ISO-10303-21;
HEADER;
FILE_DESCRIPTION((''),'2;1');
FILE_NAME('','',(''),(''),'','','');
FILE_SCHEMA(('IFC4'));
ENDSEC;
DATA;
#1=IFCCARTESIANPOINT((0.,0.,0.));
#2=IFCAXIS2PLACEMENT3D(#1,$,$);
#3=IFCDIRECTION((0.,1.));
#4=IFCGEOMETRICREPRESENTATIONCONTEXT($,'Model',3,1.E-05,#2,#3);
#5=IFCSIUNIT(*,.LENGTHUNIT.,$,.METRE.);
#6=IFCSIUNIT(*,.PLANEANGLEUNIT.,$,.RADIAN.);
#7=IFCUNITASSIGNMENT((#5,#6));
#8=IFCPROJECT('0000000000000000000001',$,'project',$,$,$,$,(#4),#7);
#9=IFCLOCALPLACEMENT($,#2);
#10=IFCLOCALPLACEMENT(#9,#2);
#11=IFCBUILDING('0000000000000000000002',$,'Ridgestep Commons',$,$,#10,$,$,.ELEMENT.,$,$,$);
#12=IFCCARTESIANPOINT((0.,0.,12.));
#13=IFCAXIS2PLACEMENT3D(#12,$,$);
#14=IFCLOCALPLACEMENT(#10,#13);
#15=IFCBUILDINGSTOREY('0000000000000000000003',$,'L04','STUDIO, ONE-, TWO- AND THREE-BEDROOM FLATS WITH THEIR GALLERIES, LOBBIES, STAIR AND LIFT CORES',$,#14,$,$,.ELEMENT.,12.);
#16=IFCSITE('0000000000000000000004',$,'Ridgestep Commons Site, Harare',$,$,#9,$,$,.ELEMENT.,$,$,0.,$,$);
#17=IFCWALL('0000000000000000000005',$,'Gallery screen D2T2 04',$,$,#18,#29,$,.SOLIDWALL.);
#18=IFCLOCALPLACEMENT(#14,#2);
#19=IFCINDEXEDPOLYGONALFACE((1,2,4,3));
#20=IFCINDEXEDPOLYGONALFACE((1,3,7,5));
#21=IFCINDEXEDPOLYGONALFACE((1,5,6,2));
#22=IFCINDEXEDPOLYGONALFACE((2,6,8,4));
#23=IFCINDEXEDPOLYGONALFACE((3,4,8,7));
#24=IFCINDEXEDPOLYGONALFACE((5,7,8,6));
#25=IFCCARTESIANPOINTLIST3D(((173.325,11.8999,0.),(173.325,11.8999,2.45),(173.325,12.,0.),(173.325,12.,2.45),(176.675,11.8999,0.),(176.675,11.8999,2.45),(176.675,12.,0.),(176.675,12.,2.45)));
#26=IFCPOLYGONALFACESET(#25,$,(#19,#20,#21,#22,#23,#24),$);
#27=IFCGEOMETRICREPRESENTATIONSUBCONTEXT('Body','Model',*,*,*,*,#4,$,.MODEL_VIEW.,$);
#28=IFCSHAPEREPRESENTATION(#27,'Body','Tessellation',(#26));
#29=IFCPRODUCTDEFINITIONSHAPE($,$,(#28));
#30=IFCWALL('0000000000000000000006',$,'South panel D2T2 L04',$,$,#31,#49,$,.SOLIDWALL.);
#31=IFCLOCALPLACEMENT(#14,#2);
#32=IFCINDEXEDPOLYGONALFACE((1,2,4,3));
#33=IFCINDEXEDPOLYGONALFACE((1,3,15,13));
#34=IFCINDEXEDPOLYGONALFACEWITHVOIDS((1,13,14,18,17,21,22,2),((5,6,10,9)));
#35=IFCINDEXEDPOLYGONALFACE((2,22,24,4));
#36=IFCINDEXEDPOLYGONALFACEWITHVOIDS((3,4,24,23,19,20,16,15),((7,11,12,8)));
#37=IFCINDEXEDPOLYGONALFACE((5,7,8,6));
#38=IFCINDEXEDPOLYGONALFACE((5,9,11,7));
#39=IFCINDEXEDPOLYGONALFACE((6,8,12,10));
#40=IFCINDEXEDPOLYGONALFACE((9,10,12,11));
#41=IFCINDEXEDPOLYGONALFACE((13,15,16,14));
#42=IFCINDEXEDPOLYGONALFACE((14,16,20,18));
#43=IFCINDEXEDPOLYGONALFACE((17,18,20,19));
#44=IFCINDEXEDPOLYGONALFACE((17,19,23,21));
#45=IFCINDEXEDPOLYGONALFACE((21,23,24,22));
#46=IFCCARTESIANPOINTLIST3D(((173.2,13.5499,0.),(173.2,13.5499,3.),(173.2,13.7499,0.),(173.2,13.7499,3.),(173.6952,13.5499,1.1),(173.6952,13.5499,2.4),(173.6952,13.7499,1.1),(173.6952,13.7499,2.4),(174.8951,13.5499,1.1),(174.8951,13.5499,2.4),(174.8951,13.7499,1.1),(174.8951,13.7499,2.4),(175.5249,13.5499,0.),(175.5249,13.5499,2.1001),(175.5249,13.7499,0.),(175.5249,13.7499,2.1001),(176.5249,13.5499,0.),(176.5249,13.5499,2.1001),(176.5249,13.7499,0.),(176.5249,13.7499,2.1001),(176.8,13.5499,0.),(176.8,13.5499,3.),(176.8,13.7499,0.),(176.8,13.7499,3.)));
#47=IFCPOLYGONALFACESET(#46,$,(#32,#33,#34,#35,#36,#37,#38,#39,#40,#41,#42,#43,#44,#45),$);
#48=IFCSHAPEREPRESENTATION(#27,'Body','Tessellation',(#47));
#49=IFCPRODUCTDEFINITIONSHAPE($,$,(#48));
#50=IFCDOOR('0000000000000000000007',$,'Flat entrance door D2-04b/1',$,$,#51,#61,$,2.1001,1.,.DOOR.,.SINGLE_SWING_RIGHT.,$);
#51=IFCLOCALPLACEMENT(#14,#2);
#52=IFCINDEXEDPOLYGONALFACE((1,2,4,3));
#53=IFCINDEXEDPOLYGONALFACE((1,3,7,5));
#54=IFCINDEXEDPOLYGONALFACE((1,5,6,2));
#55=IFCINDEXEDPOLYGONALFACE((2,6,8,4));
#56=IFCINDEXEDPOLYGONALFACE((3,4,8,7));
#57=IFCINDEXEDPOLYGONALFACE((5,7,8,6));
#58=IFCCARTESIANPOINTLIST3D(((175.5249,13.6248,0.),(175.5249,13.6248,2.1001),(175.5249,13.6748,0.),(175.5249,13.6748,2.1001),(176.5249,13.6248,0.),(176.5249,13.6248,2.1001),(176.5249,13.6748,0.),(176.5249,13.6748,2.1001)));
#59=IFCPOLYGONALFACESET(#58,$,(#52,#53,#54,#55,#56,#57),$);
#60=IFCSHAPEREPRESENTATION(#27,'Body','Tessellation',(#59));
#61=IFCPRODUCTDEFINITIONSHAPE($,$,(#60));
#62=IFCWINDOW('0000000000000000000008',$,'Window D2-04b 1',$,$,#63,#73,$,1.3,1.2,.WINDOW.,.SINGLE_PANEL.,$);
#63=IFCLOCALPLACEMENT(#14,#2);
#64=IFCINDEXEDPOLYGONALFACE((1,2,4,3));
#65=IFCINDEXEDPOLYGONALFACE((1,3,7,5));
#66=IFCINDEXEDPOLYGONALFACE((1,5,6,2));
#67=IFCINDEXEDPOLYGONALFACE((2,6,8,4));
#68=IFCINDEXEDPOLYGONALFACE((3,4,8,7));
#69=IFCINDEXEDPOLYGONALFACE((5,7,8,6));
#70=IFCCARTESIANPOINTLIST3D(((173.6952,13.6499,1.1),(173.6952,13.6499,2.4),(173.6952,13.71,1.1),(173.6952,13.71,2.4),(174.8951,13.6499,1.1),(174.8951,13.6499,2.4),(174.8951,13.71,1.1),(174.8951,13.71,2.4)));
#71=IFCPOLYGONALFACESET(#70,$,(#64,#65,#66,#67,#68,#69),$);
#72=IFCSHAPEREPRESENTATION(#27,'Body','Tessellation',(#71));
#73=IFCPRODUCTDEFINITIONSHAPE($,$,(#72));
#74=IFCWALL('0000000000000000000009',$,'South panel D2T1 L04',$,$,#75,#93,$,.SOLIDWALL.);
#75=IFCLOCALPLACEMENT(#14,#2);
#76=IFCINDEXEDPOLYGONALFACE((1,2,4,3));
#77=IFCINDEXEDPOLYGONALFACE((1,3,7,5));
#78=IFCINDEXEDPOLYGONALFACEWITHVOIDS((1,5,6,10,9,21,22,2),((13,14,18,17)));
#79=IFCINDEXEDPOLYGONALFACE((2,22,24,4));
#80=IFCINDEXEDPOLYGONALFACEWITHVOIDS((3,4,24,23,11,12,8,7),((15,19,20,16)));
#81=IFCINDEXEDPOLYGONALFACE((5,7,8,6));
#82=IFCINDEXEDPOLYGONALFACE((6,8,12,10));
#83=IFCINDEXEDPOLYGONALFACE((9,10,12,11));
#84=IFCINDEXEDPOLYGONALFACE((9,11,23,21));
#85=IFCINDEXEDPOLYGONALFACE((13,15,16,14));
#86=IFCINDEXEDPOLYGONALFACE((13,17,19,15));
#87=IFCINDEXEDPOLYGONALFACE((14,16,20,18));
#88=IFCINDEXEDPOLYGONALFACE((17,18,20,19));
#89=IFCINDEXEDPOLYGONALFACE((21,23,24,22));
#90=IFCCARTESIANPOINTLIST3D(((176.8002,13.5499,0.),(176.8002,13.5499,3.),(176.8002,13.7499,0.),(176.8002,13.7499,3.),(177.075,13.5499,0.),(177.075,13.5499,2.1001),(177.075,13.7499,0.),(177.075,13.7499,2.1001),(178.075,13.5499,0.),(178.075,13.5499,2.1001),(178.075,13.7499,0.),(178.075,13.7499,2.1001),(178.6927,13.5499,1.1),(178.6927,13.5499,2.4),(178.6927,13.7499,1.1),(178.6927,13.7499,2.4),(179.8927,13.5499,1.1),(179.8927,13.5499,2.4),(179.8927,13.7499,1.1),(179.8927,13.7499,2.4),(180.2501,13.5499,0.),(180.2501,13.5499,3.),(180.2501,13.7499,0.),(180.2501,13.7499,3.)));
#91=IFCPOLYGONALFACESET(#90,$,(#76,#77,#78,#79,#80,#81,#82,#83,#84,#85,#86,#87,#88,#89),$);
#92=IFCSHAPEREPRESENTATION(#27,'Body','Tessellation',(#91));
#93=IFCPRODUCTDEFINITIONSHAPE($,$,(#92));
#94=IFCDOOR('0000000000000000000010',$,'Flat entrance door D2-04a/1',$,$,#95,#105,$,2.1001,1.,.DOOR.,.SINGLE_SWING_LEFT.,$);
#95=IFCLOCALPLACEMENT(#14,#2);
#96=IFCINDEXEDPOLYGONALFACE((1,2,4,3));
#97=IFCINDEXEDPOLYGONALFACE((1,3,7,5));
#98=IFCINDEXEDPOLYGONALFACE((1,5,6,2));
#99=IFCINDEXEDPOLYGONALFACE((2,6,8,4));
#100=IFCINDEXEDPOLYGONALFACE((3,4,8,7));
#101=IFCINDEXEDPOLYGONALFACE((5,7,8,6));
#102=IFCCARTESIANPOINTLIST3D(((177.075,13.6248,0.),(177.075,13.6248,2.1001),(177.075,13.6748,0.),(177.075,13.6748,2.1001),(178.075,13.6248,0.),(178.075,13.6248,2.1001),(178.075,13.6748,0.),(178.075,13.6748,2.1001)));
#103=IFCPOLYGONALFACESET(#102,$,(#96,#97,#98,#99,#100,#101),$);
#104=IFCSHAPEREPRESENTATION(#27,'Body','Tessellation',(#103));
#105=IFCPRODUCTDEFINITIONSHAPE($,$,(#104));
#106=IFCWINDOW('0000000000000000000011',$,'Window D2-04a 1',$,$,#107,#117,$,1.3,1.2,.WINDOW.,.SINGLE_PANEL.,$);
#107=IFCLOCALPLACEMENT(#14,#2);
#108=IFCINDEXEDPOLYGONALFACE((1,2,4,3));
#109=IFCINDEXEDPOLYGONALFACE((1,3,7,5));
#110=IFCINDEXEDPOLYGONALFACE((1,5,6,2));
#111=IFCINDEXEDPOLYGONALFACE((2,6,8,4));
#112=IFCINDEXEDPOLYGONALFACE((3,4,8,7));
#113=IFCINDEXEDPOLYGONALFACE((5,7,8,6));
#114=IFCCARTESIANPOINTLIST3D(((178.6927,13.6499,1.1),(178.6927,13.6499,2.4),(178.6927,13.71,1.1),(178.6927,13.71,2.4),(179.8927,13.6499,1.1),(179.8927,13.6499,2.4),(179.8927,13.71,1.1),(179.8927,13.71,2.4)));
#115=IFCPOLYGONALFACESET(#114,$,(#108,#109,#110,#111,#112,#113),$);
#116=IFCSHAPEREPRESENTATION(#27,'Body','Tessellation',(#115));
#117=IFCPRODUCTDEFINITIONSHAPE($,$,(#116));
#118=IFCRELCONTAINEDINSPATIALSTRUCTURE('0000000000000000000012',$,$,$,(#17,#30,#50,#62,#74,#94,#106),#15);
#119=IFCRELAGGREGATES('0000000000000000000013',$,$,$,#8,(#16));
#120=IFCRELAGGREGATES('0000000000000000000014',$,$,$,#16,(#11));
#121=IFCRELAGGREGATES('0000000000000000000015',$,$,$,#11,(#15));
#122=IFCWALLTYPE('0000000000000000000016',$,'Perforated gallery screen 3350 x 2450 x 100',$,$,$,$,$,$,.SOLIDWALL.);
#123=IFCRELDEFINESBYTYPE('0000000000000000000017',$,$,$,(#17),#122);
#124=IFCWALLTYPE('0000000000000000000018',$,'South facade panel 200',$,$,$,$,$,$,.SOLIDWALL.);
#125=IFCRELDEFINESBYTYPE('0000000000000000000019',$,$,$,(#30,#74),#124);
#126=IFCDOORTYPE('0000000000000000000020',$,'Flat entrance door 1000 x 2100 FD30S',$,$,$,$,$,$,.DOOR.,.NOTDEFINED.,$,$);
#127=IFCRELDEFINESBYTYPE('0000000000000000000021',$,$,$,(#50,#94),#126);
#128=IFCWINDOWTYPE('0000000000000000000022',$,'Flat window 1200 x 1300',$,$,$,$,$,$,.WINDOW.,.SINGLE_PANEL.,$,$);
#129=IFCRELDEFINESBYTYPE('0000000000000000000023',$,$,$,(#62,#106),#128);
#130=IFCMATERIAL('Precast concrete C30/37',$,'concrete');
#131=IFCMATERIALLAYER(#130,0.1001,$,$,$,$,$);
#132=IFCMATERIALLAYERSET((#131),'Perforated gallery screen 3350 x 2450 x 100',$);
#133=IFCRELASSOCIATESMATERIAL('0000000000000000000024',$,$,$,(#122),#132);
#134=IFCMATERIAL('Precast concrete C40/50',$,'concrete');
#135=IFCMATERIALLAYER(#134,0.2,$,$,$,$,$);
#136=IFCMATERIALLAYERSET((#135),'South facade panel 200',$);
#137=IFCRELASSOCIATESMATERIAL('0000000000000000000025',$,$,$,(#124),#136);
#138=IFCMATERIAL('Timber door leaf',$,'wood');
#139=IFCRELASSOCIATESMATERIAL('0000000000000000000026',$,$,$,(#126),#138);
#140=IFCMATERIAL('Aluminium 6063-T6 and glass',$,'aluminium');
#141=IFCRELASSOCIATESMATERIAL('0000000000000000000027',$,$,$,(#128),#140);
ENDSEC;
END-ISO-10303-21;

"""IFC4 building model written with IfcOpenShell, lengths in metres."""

from ifc_helpers import new_model, si_unit, direction, frame, frame_2d, origin, place, context, subcontext, project, spatial, rectangle, extrude, material, layer, layer_set, type_object, element, fill, save


model = new_model("IFC4")

# Units and contexts
model_context = context("Model", 3, precision=1e-05, world=origin(), true_north=direction((0.0, 1.0)))
body_context = subcontext(model_context, "Body", "Model", "MODEL_VIEW")
ifc_project = project(units=[si_unit("LENGTHUNIT", "METRE"), si_unit("PLANEANGLEUNIT", "RADIAN")], contexts=[model_context])

# Site, building, storey
site_placement = place(None, origin())
site = spatial("IfcSite", under=ifc_project, at=site_placement, Name="Ridgestep Commons Site, Harare", CompositionType="ELEMENT", RefElevation=0.0)
building_placement = place(site_placement, origin())
building = spatial("IfcBuilding", under=site, at=building_placement, Name="Ridgestep Commons", CompositionType="ELEMENT")
storey_placement = place(building_placement, frame((0.0, 0.0, 12.0)))
storey = spatial("IfcBuildingStorey", under=building, at=storey_placement, Name="L04", Description="STUDIO, ONE-, TWO- AND THREE-BEDROOM FLATS WITH THEIR GALLERIES, LOBBIES, STAIR AND LIFT CORES", CompositionType="ELEMENT", Elevation=12.0)

# Wall
ifc_material_1 = material(Name="Precast concrete C30/37", Category="concrete")
ifc_layer_1 = layer(ifc_material_1, 0.1001)
ifc_layer_set_1 = layer_set([ifc_layer_1], Name="Perforated gallery screen 3350 x 2450 x 100")
wall_type_1 = type_object("IfcWallType", Name="Perforated gallery screen 3350 x 2450 x 100", PredefinedType="SOLIDWALL", material=ifc_layer_set_1)
wall_1_placement = place(storey_placement, frame((173.325, 11.95, 0.0), z_axis=(0.0, 0.0, 1.0), x_axis=(1.0, 0.0, 0.0)))
element("IfcWall", 1, at=wall_1_placement, inside=storey, type_object=wall_type_1, Name="Gallery screen D2T2 04", PredefinedType="SOLIDWALL", context=body_context, shape_type="SweptSolid", body=[
    extrude(rectangle(XDim=3.3501, YDim=0.1001, at=frame_2d((1.675, 0.0))), origin(), (0.0, 0.0, 1.0), 2.45),
])

# Walls, openings, doors, windows
ifc_material_2 = material(Name="Precast concrete C40/50", Category="concrete")
ifc_layer_2 = layer(ifc_material_2, 0.2)
ifc_layer_set_2 = layer_set([ifc_layer_2], Name="South facade panel 200")
wall_type_2 = type_object("IfcWallType", Name="South facade panel 200", PredefinedType="SOLIDWALL", material=ifc_layer_set_2)
wall_2_placement = place(storey_placement, frame((173.2, 13.6499, 0.0), z_axis=(0.0, 0.0, 1.0), x_axis=(1.0, 0.0, 0.0)))
wall_2 = element("IfcWall", 2, at=wall_2_placement, inside=storey, type_object=wall_type_2, Name="South panel D2T2 L04", PredefinedType="SOLIDWALL", context=body_context, shape_type="SweptSolid", body=[
    extrude(rectangle(XDim=3.6001, YDim=0.2, at=frame_2d((1.8, 0.0))), origin(), (0.0, 0.0, 1.0), 3.0),
])
opening_1_placement = place(wall_2_placement, frame((0.4951, 0.0, 1.1001)))
opening_1 = element("IfcOpeningElement", 3, at=opening_1_placement, cuts=wall_2, PredefinedType="OPENING", context=body_context, shape_type="SweptSolid", body=[
    extrude(rectangle(XDim=1.2, YDim=1.3, at=frame_2d((0.6001, 0.6499))), frame((0.0, 0.1099, 0.0), z_axis=(0.0, -1.0, 0.0), x_axis=(1.0, 0.0, 0.0)), (0.0, 0.0, 1.0), 0.22),
])
opening_2_placement = place(wall_2_placement, frame((2.325, 0.0, 0.0)))
opening_2 = element("IfcOpeningElement", 4, at=opening_2_placement, cuts=wall_2, PredefinedType="OPENING", context=body_context, shape_type="SweptSolid", body=[
    extrude(rectangle(XDim=1.0, YDim=2.1001, at=frame_2d((0.5, 1.05))), frame((0.0, 0.1099, 0.0), z_axis=(0.0, -1.0, 0.0), x_axis=(1.0, 0.0, 0.0)), (0.0, 0.0, 1.0), 0.22),
])
ifc_material_3 = material(Name="Timber door leaf", Category="wood")
door_type_1 = type_object("IfcDoorType", Name="Flat entrance door 1000 x 2100 FD30S", OperationType="NOTDEFINED", PredefinedType="DOOR", material=ifc_material_3)
door_1_placement = place(opening_2_placement, origin())
door_1 = element("IfcDoor", 5, at=door_1_placement, inside=storey, type_object=door_type_1, Name="Flat entrance door D2-04b/1", OperationType="SINGLE_SWING_RIGHT", OverallHeight=2.1001, OverallWidth=1.0, PredefinedType="DOOR", context=body_context, shape_type="SweptSolid", body=[
    extrude(rectangle(XDim=1.0, YDim=2.1001, at=frame_2d((0.5, 1.05))), frame((0.0, 0.0249, 0.0), z_axis=(0.0, -1.0, 0.0), x_axis=(1.0, 0.0, 0.0)), (0.0, 0.0, 1.0), 0.05),
])
fill(opening_2, door_1)
ifc_material_4 = material(Name="Aluminium 6063-T6 and glass", Category="aluminium")
window_type = type_object("IfcWindowType", Name="Flat window 1200 x 1300", PartitioningType="SINGLE_PANEL", PredefinedType="WINDOW", material=ifc_material_4)
window_1_placement = place(opening_1_placement, origin())
window_1 = element("IfcWindow", 6, at=window_1_placement, inside=storey, type_object=window_type, Name="Window D2-04b 1", OverallHeight=1.3, OverallWidth=1.2, PartitioningType="SINGLE_PANEL", PredefinedType="WINDOW", context=body_context, shape_type="SweptSolid", body=[
    extrude(rectangle(XDim=1.2, YDim=1.3, at=frame_2d((0.6001, 0.6499))), frame((0.0, 0.0601, 0.0), z_axis=(0.0, -1.0, 0.0), x_axis=(1.0, 0.0, 0.0)), (0.0, 0.0, 1.0), 0.0601),
])
fill(opening_1, window_1)
wall_3_placement = place(storey_placement, frame((176.8, 13.6499, 0.0), z_axis=(0.0, 0.0, 1.0), x_axis=(1.0, 0.0, 0.0)))
wall_3 = element("IfcWall", 7, at=wall_3_placement, inside=storey, type_object=wall_type_2, Name="South panel D2T1 L04", PredefinedType="SOLIDWALL", context=body_context, shape_type="SweptSolid", body=[
    extrude(rectangle(XDim=3.45, YDim=0.2, at=frame_2d((1.7251, 0.0))), origin(), (0.0, 0.0, 1.0), 3.0),
])
opening_3_placement = place(wall_3_placement, frame((1.8926, 0.0, 1.1001)))
opening_3 = element("IfcOpeningElement", 8, at=opening_3_placement, cuts=wall_3, PredefinedType="OPENING", context=body_context, shape_type="SweptSolid", body=[
    extrude(rectangle(XDim=1.2, YDim=1.3, at=frame_2d((0.6001, 0.6499))), frame((0.0, 0.1099, 0.0), z_axis=(0.0, -1.0, 0.0), x_axis=(1.0, 0.0, 0.0)), (0.0, 0.0, 1.0), 0.22),
])
opening_4_placement = place(wall_3_placement, frame((0.2749, 0.0, 0.0)))
opening_4 = element("IfcOpeningElement", 9, at=opening_4_placement, cuts=wall_3, PredefinedType="OPENING", context=body_context, shape_type="SweptSolid", body=[
    extrude(rectangle(XDim=1.0, YDim=2.1001, at=frame_2d((0.5, 1.05))), frame((0.0, 0.1099, 0.0), z_axis=(0.0, -1.0, 0.0), x_axis=(1.0, 0.0, 0.0)), (0.0, 0.0, 1.0), 0.22),
])
door_2_placement = place(opening_4_placement, origin())
door_2 = element("IfcDoor", 10, at=door_2_placement, inside=storey, type_object=door_type_1, Name="Flat entrance door D2-04a/1", OperationType="SINGLE_SWING_LEFT", OverallHeight=2.1001, OverallWidth=1.0, PredefinedType="DOOR", context=body_context, shape_type="SweptSolid", body=[
    extrude(rectangle(XDim=1.0, YDim=2.1001, at=frame_2d((0.5, 1.05))), frame((0.0, 0.0249, 0.0), z_axis=(0.0, -1.0, 0.0), x_axis=(1.0, 0.0, 0.0)), (0.0, 0.0, 1.0), 0.05),
])
fill(opening_4, door_2)
window_2_placement = place(opening_3_placement, origin())
window_2 = element("IfcWindow", 11, at=window_2_placement, inside=storey, type_object=window_type, Name="Window D2-04a 1", OverallHeight=1.3, OverallWidth=1.2, PartitioningType="SINGLE_PANEL", PredefinedType="WINDOW", context=body_context, shape_type="SweptSolid", body=[
    extrude(rectangle(XDim=1.2, YDim=1.3, at=frame_2d((0.6001, 0.6499))), frame((0.0, 0.0601, 0.0), z_axis=(0.0, -1.0, 0.0), x_axis=(1.0, 0.0, 0.0)), (0.0, 0.0, 1.0), 0.0601),
])
fill(opening_3, window_2)

save(model, "model.ifc")
